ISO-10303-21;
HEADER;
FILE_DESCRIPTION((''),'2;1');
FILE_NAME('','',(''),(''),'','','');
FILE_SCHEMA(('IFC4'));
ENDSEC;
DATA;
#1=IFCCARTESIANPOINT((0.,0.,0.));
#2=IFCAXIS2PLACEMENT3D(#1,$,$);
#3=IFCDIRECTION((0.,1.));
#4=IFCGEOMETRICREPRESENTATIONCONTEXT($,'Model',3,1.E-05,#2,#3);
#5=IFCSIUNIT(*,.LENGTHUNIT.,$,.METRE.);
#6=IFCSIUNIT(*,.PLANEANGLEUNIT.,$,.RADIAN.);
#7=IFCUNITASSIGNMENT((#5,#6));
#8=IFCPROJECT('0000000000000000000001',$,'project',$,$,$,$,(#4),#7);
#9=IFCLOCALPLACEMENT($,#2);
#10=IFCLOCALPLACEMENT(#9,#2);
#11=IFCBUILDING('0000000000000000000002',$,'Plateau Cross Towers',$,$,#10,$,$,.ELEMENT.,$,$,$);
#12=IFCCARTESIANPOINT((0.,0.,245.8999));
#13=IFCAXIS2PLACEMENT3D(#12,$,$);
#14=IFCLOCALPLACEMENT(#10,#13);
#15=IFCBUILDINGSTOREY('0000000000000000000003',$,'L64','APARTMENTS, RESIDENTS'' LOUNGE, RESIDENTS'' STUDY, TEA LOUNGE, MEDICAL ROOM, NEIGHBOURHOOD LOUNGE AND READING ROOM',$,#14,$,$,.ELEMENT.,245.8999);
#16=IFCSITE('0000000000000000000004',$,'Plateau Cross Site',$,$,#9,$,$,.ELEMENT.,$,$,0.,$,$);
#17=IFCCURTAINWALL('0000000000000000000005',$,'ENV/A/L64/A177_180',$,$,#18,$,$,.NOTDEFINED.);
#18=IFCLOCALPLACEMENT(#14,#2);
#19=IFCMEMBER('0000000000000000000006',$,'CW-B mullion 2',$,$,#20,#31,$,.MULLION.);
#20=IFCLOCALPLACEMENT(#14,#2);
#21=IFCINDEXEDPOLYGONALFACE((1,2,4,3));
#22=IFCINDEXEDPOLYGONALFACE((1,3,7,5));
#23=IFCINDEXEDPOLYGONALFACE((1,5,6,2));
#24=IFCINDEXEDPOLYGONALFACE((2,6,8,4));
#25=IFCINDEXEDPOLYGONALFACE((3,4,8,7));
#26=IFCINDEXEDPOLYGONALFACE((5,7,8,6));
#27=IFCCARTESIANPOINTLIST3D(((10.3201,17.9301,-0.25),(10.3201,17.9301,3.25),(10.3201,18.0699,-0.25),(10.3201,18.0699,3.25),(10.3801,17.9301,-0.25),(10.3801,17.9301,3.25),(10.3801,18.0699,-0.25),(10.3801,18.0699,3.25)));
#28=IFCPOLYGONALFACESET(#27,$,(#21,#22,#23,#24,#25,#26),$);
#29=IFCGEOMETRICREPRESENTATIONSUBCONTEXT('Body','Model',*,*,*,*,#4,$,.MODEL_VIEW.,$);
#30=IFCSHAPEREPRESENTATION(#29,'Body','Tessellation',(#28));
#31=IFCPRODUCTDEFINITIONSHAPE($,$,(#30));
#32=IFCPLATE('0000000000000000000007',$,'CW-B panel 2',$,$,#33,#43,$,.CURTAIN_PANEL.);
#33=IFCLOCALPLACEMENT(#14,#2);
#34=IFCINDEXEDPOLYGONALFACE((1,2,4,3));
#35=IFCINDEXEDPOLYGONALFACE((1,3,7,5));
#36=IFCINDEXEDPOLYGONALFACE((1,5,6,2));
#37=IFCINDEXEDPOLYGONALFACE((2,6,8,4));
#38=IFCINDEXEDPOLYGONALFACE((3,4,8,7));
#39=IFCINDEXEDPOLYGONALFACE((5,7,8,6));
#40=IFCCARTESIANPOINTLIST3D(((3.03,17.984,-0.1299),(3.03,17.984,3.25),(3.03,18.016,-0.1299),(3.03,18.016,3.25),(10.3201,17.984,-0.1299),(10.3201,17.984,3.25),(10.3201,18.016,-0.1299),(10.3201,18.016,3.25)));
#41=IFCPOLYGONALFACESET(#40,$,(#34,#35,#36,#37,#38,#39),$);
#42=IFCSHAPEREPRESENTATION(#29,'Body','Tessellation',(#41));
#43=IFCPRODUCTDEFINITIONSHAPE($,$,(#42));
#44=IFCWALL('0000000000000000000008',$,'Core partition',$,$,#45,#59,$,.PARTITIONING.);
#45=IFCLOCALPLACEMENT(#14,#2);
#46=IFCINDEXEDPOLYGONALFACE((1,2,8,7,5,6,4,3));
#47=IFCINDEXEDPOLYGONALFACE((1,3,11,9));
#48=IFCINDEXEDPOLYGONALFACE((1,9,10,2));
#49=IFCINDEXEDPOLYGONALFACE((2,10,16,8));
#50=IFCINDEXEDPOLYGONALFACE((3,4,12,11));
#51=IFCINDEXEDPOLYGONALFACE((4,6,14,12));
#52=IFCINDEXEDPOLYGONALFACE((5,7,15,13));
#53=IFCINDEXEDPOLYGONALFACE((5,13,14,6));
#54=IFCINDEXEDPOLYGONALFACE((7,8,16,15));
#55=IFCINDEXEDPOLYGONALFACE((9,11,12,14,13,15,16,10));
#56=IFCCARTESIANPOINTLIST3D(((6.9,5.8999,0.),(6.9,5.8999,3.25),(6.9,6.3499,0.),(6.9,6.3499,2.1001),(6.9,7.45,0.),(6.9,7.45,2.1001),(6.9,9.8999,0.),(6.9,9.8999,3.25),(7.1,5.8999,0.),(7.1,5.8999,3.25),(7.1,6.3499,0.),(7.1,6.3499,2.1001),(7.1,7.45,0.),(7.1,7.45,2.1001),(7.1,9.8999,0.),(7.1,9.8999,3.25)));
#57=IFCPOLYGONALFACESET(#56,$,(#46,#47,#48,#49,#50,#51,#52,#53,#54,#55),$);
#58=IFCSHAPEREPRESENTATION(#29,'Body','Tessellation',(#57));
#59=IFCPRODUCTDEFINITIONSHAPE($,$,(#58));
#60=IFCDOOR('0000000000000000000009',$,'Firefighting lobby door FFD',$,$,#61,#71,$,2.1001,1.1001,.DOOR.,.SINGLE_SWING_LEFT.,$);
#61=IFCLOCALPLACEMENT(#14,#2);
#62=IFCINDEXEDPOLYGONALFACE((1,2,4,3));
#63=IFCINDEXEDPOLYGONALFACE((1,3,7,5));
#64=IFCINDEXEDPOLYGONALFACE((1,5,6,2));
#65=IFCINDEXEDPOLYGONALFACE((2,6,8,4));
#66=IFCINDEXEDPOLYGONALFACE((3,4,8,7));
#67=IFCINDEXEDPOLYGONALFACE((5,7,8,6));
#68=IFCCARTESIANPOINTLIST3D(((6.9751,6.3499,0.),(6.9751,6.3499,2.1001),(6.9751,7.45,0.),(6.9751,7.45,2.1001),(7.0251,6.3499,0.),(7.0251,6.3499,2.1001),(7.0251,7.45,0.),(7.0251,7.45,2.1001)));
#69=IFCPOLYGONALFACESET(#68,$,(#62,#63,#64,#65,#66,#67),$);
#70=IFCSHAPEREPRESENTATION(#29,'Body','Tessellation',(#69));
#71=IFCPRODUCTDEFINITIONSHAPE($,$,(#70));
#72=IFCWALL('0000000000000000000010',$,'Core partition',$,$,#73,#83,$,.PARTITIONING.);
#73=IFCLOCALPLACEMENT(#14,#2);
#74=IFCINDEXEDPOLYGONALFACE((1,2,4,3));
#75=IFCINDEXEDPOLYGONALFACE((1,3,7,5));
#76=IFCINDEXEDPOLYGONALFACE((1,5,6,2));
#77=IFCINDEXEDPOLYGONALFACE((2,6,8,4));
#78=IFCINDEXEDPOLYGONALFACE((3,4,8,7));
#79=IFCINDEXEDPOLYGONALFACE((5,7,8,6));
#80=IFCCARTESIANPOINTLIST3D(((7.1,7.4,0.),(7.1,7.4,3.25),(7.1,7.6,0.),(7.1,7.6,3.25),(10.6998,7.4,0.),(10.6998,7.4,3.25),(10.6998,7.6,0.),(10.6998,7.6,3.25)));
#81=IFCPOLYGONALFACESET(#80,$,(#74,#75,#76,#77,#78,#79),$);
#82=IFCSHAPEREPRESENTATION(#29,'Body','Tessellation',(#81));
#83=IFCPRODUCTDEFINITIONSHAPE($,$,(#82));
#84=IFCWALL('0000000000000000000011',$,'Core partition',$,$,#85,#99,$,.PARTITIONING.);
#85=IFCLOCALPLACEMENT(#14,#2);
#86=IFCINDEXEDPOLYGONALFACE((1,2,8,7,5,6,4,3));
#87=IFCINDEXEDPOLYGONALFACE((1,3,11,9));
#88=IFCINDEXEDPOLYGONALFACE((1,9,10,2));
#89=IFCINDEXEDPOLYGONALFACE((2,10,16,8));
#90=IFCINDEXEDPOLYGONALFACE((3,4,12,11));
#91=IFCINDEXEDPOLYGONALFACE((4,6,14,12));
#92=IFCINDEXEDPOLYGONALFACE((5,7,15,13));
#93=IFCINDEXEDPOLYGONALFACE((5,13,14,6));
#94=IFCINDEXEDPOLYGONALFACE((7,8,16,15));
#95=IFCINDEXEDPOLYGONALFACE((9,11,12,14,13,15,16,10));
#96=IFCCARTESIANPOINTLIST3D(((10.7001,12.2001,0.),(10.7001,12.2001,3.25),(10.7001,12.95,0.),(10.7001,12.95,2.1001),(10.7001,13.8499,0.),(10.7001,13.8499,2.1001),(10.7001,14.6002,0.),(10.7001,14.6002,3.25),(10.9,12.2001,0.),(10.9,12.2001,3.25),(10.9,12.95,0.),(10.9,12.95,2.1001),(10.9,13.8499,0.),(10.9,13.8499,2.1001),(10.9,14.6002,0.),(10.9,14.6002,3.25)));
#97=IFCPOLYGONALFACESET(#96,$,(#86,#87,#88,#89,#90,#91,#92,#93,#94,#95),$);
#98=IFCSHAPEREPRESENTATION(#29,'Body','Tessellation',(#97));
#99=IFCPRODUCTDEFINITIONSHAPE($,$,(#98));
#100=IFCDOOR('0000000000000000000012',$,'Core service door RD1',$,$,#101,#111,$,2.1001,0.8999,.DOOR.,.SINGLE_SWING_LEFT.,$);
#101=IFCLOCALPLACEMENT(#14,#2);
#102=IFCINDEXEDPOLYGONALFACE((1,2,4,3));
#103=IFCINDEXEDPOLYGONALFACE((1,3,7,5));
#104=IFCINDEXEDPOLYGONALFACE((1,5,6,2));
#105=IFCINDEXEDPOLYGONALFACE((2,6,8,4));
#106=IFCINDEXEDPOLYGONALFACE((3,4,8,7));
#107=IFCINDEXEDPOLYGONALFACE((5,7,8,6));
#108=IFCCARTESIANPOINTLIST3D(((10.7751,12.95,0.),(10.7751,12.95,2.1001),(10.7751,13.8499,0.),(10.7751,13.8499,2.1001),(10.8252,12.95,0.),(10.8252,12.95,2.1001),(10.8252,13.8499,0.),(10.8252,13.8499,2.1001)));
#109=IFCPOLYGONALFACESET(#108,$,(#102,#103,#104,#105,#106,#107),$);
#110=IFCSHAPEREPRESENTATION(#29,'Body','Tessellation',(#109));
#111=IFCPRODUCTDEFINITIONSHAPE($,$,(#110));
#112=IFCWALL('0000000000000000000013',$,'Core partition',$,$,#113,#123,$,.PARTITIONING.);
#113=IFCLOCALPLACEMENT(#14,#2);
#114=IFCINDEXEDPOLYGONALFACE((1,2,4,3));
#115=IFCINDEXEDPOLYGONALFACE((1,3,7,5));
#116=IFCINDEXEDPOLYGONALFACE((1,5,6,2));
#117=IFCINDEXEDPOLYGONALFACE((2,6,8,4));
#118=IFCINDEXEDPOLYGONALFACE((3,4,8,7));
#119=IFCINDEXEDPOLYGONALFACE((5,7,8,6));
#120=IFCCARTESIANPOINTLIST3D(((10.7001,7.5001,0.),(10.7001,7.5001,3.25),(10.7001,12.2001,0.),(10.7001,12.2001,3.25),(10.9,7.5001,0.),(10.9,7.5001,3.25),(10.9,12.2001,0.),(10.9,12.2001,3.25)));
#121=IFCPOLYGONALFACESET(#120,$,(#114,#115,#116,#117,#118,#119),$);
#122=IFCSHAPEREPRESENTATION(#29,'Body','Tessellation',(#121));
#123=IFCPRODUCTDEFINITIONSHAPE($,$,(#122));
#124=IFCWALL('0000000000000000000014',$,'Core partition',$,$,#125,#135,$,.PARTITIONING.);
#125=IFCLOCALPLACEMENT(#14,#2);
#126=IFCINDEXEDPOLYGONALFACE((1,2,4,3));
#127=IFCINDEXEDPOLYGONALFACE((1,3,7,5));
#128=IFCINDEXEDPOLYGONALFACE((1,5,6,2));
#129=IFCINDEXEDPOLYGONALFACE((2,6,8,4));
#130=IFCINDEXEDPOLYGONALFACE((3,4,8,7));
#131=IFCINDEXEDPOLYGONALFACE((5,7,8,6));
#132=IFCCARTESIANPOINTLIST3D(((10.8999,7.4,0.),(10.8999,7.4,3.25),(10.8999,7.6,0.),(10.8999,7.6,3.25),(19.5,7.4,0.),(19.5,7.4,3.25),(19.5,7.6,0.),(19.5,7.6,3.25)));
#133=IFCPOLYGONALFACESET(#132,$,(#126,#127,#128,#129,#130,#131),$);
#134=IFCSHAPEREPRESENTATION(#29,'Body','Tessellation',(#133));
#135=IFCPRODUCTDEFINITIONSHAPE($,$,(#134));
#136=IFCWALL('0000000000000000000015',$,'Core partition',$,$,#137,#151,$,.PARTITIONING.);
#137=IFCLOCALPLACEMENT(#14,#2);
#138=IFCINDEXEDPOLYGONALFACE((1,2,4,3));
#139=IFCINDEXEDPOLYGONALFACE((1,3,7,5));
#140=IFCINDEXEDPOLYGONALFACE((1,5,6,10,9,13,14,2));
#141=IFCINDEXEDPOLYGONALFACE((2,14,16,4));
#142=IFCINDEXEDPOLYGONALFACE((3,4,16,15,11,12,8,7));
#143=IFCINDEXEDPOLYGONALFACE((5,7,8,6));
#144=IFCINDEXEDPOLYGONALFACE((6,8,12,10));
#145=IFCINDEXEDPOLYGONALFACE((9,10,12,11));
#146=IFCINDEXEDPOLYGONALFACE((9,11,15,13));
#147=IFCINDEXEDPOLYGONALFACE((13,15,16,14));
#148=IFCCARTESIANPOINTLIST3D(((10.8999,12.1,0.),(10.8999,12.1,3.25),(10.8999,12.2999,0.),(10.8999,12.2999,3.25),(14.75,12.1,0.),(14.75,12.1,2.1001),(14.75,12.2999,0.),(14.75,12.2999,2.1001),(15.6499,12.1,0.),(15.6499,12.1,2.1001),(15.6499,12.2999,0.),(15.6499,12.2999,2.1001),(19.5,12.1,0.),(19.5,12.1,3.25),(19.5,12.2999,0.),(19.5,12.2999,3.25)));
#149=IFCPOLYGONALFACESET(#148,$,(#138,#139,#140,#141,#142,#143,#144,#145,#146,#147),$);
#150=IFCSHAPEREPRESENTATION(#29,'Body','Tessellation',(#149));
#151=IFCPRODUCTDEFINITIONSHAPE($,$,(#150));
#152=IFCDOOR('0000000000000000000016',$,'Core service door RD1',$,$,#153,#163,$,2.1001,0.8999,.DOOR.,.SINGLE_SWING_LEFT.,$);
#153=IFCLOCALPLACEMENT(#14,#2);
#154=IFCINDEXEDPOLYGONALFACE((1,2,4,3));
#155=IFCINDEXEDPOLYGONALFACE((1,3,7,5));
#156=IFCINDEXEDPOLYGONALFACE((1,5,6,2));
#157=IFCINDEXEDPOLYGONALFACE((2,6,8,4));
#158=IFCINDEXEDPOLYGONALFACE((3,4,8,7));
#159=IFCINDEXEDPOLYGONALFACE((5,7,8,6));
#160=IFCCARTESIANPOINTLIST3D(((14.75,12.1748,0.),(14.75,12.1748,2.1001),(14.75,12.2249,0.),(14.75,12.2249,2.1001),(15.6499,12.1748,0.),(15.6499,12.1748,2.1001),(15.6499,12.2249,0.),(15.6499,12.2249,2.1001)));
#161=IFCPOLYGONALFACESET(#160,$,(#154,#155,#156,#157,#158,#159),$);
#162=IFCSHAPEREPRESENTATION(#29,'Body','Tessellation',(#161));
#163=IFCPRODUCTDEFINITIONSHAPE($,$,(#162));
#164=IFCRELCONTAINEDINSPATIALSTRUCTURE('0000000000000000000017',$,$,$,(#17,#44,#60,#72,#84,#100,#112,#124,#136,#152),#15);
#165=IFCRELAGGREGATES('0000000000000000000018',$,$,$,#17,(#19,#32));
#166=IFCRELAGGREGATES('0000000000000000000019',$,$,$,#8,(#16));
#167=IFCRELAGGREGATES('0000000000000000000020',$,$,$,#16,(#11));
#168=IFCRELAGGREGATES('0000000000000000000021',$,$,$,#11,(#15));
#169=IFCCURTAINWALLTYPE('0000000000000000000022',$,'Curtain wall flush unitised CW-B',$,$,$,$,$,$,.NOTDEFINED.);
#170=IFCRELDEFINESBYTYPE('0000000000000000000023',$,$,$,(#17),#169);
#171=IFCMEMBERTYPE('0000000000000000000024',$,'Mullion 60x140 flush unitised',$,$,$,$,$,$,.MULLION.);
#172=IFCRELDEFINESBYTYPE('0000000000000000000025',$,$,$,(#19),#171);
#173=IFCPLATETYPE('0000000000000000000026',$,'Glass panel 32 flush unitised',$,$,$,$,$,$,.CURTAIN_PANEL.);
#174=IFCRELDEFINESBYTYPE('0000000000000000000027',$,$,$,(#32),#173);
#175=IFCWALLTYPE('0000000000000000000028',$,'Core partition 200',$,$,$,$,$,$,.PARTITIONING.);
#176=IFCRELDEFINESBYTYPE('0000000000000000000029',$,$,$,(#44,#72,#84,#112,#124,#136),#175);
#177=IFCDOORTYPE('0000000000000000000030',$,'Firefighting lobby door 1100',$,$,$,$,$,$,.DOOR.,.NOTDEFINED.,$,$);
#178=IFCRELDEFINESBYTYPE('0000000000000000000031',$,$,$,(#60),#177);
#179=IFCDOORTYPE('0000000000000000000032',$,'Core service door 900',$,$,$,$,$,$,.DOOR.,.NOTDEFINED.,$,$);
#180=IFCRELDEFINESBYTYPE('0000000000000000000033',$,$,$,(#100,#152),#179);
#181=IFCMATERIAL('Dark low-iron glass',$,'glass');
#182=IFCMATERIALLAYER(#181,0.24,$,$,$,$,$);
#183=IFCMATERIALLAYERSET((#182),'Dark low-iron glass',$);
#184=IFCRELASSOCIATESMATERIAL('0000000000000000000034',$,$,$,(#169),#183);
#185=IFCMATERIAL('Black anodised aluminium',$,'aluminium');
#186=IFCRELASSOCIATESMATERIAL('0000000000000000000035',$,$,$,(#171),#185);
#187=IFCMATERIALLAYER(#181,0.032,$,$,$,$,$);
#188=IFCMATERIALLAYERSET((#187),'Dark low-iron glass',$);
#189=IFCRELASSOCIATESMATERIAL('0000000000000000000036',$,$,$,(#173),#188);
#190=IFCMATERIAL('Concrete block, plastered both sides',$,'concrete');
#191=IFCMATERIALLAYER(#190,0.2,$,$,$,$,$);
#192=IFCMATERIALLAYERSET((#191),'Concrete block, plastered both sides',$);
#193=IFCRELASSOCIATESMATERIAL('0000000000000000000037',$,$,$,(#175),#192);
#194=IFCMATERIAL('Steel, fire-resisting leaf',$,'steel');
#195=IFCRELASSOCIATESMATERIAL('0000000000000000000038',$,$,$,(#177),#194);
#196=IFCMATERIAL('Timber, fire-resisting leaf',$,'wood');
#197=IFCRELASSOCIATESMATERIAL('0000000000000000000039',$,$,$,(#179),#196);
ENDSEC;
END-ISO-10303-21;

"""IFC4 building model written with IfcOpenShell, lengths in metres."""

from ifc_helpers import new_model, si_unit, direction, frame, frame_2d, origin, origin_2d, place, context, subcontext, project, spatial, rectangle, extrude, material, layer, layer_set, material_profile, profile_set, type_object, element, fill, aggregate, save


model = new_model("IFC4")

# Units and contexts
model_context = context("Model", 3, precision=1e-05, world=origin(), true_north=direction((0.0, 1.0)))
body_context = subcontext(model_context, "Body", "Model", "MODEL_VIEW")
ifc_project = project(units=[si_unit("LENGTHUNIT", "METRE"), si_unit("PLANEANGLEUNIT", "RADIAN")], contexts=[model_context])

# Site, building, storey
site_placement = place(None, origin())
site = spatial("IfcSite", under=ifc_project, at=site_placement, Name="Plateau Cross Site", CompositionType="ELEMENT", RefElevation=0.0)
building_placement = place(site_placement, origin())
building = spatial("IfcBuilding", under=site, at=building_placement, Name="Plateau Cross Towers", CompositionType="ELEMENT")
storey_placement = place(building_placement, frame((0.0, 0.0, 245.8999)))
storey = spatial("IfcBuildingStorey", under=building, at=storey_placement, Name="L64", Description="APARTMENTS, RESIDENTS' LOUNGE, RESIDENTS' STUDY, TEA LOUNGE, MEDICAL ROOM, NEIGHBOURHOOD LOUNGE AND READING ROOM", CompositionType="ELEMENT", Elevation=245.8999)

# Curtain wall, member, plate
ifc_material_1 = material(Name="Dark low-iron glass", Category="glass")
ifc_layer_1 = layer(ifc_material_1, 0.24)
ifc_layer_set_1 = layer_set([ifc_layer_1], Name="Dark low-iron glass")
curtain_wall_type = type_object("IfcCurtainWallType", Name="Curtain wall flush unitised CW-B", PredefinedType="NOTDEFINED", material=ifc_layer_set_1)
curtain_wall_placement = place(storey_placement, origin())
curtain_wall = element("IfcCurtainWall", 1, at=curtain_wall_placement, inside=storey, type_object=curtain_wall_type, Name="ENV/A/L64/A177_180", PredefinedType="NOTDEFINED")
ifc_material_2 = material(Name="Black anodised aluminium", Category="aluminium")
ifc_material_profile = material_profile(ifc_material_2, rectangle(XDim=0.0601, YDim=0.1399, at=origin_2d()), Name="MULLION 60x140")
ifc_profile_set = profile_set([ifc_material_profile], Name="Black anodised aluminium")
member_type = type_object("IfcMemberType", Name="Mullion 60x140 flush unitised", PredefinedType="MULLION", material=ifc_profile_set)
member_placement = place(storey_placement, frame((10.3501, 18.0, -0.25), z_axis=(0.0, 0.0, 1.0), x_axis=(-1.0, 0.0, 0.0)))
member = element("IfcMember", 2, at=member_placement, type_object=member_type, Name="CW-B mullion 2", PredefinedType="MULLION", context=body_context, shape_type="SweptSolid", body=[
    extrude(rectangle(XDim=0.0601, YDim=0.1399, at=origin_2d()), origin(), (0.0, 0.0, 1.0), 3.5),
])
ifc_layer_2 = layer(ifc_material_1, 0.032)
ifc_layer_set_2 = layer_set([ifc_layer_2], Name="Dark low-iron glass")
plate_type = type_object("IfcPlateType", Name="Glass panel 32 flush unitised", PredefinedType="CURTAIN_PANEL", material=ifc_layer_set_2)
plate_placement = place(storey_placement, frame((6.675, 18.0, -0.1299), z_axis=(0.0, 0.0, 1.0), x_axis=(-1.0, 0.0, 0.0)))
plate = element("IfcPlate", 3, at=plate_placement, type_object=plate_type, Name="CW-B panel 2", PredefinedType="CURTAIN_PANEL", context=body_context, shape_type="SweptSolid", body=[
    extrude(rectangle(XDim=7.29, YDim=0.032, at=origin_2d()), origin(), (0.0, 0.0, 1.0), 3.3799),
])
aggregate(curtain_wall, [member, plate])

# Wall, opening, door
ifc_material_3 = material(Name="Concrete block, plastered both sides", Category="concrete")
ifc_layer_3 = layer(ifc_material_3, 0.2)
ifc_layer_set_3 = layer_set([ifc_layer_3], Name="Concrete block, plastered both sides")
wall_type_1 = type_object("IfcWallType", Name="Core partition 200", PredefinedType="PARTITIONING", material=ifc_layer_set_3)
wall_1_placement = place(storey_placement, frame((7.0, 5.8999, 0.0), z_axis=(0.0, 0.0, 1.0), x_axis=(0.0, 1.0, 0.0)))
wall_1 = element("IfcWall", 4, at=wall_1_placement, inside=storey, type_object=wall_type_1, Name="Core partition", PredefinedType="PARTITIONING", context=body_context, shape_type="SweptSolid", body=[
    extrude(rectangle(XDim=4.0, YDim=0.2, at=frame_2d((2.0, 0.0))), origin(), (0.0, 0.0, 1.0), 3.25),
])
opening_1_placement = place(wall_1_placement, frame((0.45, 0.0, 0.0)))
opening_1 = element("IfcOpeningElement", 5, at=opening_1_placement, cuts=wall_1, PredefinedType="OPENING", context=body_context, shape_type="SweptSolid", body=[
    extrude(rectangle(XDim=1.1001, YDim=2.1001, at=frame_2d((0.55, 1.05))), frame((0.0, 0.1099, 0.0), z_axis=(0.0, -1.0, 0.0), x_axis=(1.0, 0.0, 0.0)), (0.0, 0.0, 1.0), 0.22),
])
ifc_material_4 = material(Name="Steel, fire-resisting leaf", Category="steel")
door_type_1 = type_object("IfcDoorType", Name="Firefighting lobby door 1100", OperationType="NOTDEFINED", PredefinedType="DOOR", material=ifc_material_4)
door_1_placement = place(opening_1_placement, origin())
door_1 = element("IfcDoor", 6, at=door_1_placement, inside=storey, type_object=door_type_1, Name="Firefighting lobby door FFD", OperationType="SINGLE_SWING_LEFT", OverallHeight=2.1001, OverallWidth=1.1001, PredefinedType="DOOR", context=body_context, shape_type="SweptSolid", body=[
    extrude(rectangle(XDim=1.1001, YDim=2.1001, at=frame_2d((0.55, 1.05))), frame((0.0, 0.0249, 0.0), z_axis=(0.0, -1.0, 0.0), x_axis=(1.0, 0.0, 0.0)), (0.0, 0.0, 1.0), 0.05),
])
fill(opening_1, door_1)

# Wall
wall_2_placement = place(storey_placement, frame((7.1001, 7.5, 0.0), z_axis=(0.0, 0.0, 1.0), x_axis=(1.0, 0.0, 0.0)))
element("IfcWall", 7, at=wall_2_placement, inside=storey, type_object=wall_type_1, Name="Core partition", PredefinedType="PARTITIONING", context=body_context, shape_type="SweptSolid", body=[
    extrude(rectangle(XDim=3.5999, YDim=0.2, at=frame_2d((1.7998, 0.0))), origin(), (0.0, 0.0, 1.0), 3.25),
])

# Wall, opening, door
wall_3_placement = place(storey_placement, frame((10.8, 12.2, 0.0), z_axis=(0.0, 0.0, 1.0), x_axis=(0.0, 1.0, 0.0)))
wall_3 = element("IfcWall", 8, at=wall_3_placement, inside=storey, type_object=wall_type_1, Name="Core partition", PredefinedType="PARTITIONING", context=body_context, shape_type="SweptSolid", body=[
    extrude(rectangle(XDim=2.4001, YDim=0.2, at=frame_2d((1.2002, 0.0))), origin(), (0.0, 0.0, 1.0), 3.25),
])
opening_2_placement = place(wall_3_placement, frame((0.75, 0.0, 0.0)))
opening_2 = element("IfcOpeningElement", 9, at=opening_2_placement, cuts=wall_3, PredefinedType="OPENING", context=body_context, shape_type="SweptSolid", body=[
    extrude(rectangle(XDim=0.8999, YDim=2.1001, at=frame_2d((0.45, 1.05))), frame((0.0, 0.1099, 0.0), z_axis=(0.0, -1.0, 0.0), x_axis=(1.0, 0.0, 0.0)), (0.0, 0.0, 1.0), 0.22),
])
ifc_material_5 = material(Name="Timber, fire-resisting leaf", Category="wood")
door_type_2 = type_object("IfcDoorType", Name="Core service door 900", OperationType="NOTDEFINED", PredefinedType="DOOR", material=ifc_material_5)
door_2_placement = place(opening_2_placement, origin())
door_2 = element("IfcDoor", 10, at=door_2_placement, inside=storey, type_object=door_type_2, Name="Core service door RD1", OperationType="SINGLE_SWING_LEFT", OverallHeight=2.1001, OverallWidth=0.8999, PredefinedType="DOOR", context=body_context, shape_type="SweptSolid", body=[
    extrude(rectangle(XDim=0.8999, YDim=2.1001, at=frame_2d((0.45, 1.05))), frame((0.0, 0.0249, 0.0), z_axis=(0.0, -1.0, 0.0), x_axis=(1.0, 0.0, 0.0)), (0.0, 0.0, 1.0), 0.05),
])
fill(opening_2, door_2)

# Walls
wall_4_placement = place(storey_placement, frame((10.8, 7.5, 0.0), z_axis=(0.0, 0.0, 1.0), x_axis=(0.0, 1.0, 0.0)))
element("IfcWall", 11, at=wall_4_placement, inside=storey, type_object=wall_type_1, Name="Core partition", PredefinedType="PARTITIONING", context=body_context, shape_type="SweptSolid", body=[
    extrude(rectangle(XDim=4.7, YDim=0.2, at=frame_2d((2.3501, 0.0))), origin(), (0.0, 0.0, 1.0), 3.25),
])
wall_5_placement = place(storey_placement, frame((10.8999, 7.5, 0.0), z_axis=(0.0, 0.0, 1.0), x_axis=(1.0, 0.0, 0.0)))
element("IfcWall", 12, at=wall_5_placement, inside=storey, type_object=wall_type_1, Name="Core partition", PredefinedType="PARTITIONING", context=body_context, shape_type="SweptSolid", body=[
    extrude(rectangle(XDim=8.6001, YDim=0.2, at=frame_2d((4.3, 0.0))), origin(), (0.0, 0.0, 1.0), 3.25),
])

# Wall, opening, door
wall_6_placement = place(storey_placement, frame((10.8999, 12.2, 0.0), z_axis=(0.0, 0.0, 1.0), x_axis=(1.0, 0.0, 0.0)))
wall_6 = element("IfcWall", 13, at=wall_6_placement, inside=storey, type_object=wall_type_1, Name="Core partition", PredefinedType="PARTITIONING", context=body_context, shape_type="SweptSolid", body=[
    extrude(rectangle(XDim=8.6001, YDim=0.2, at=frame_2d((4.3, 0.0))), origin(), (0.0, 0.0, 1.0), 3.25),
])
opening_3_placement = place(wall_6_placement, frame((3.8501, 0.0, 0.0)))
opening_3 = element("IfcOpeningElement", 14, at=opening_3_placement, cuts=wall_6, PredefinedType="OPENING", context=body_context, shape_type="SweptSolid", body=[
    extrude(rectangle(XDim=0.8999, YDim=2.1001, at=frame_2d((0.45, 1.05))), frame((0.0, 0.1099, 0.0), z_axis=(0.0, -1.0, 0.0), x_axis=(1.0, 0.0, 0.0)), (0.0, 0.0, 1.0), 0.22),
])
door_3_placement = place(opening_3_placement, origin())
door_3 = element("IfcDoor", 15, at=door_3_placement, inside=storey, type_object=door_type_2, Name="Core service door RD1", OperationType="SINGLE_SWING_LEFT", OverallHeight=2.1001, OverallWidth=0.8999, PredefinedType="DOOR", context=body_context, shape_type="SweptSolid", body=[
    extrude(rectangle(XDim=0.8999, YDim=2.1001, at=frame_2d((0.45, 1.05))), frame((0.0, 0.0249, 0.0), z_axis=(0.0, -1.0, 0.0), x_axis=(1.0, 0.0, 0.0)), (0.0, 0.0, 1.0), 0.05),
])
fill(opening_3, door_3)

save(model, "model.ifc")
